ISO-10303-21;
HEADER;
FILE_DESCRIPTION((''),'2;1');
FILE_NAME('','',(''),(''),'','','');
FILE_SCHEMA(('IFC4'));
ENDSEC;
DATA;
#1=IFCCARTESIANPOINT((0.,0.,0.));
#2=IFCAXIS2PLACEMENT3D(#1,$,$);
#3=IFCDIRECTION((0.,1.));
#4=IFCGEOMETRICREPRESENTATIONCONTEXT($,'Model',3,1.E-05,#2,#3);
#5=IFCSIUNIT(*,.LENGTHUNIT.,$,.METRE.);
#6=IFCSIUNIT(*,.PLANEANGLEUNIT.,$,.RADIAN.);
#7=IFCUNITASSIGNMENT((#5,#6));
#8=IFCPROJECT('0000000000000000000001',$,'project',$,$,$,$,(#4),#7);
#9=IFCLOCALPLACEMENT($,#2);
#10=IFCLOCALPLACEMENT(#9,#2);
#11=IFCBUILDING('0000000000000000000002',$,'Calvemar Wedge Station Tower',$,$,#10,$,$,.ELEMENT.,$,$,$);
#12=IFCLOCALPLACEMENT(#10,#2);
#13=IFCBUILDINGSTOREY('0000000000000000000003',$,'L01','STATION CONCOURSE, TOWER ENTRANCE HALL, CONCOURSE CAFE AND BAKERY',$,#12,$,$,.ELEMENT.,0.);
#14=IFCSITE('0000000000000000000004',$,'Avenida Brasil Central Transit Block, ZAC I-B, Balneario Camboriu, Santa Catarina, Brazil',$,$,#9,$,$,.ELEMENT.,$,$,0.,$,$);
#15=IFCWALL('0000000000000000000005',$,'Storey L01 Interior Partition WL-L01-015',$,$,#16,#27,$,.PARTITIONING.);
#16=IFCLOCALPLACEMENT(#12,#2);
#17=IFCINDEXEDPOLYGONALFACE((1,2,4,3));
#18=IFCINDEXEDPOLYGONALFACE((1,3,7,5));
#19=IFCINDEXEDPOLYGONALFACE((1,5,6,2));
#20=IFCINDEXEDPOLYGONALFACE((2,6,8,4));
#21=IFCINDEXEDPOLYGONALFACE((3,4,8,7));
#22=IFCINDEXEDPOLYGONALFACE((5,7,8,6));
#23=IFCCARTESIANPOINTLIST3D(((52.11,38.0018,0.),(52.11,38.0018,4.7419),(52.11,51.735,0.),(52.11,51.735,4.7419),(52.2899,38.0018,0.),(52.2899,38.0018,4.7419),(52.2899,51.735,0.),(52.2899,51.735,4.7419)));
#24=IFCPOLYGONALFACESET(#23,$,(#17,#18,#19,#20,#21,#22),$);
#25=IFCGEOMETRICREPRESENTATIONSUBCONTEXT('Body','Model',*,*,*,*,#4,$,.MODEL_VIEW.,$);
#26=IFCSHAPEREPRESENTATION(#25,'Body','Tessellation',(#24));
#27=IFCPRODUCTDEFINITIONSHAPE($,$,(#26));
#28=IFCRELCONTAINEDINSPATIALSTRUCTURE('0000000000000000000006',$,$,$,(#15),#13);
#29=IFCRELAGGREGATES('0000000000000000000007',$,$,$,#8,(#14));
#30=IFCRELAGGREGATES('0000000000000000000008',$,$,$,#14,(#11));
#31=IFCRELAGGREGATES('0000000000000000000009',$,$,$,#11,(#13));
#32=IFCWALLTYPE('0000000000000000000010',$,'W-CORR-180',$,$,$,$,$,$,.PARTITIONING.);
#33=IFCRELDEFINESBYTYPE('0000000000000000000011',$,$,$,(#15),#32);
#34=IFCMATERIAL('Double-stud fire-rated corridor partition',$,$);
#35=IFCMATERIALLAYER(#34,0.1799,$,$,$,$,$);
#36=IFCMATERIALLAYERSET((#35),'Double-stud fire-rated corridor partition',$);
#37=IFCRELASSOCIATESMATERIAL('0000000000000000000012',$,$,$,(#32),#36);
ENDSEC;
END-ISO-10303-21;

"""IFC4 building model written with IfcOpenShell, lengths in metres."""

from ifc_helpers import new_model, si_unit, direction, frame, frame_2d, origin, place, context, subcontext, project, spatial, rectangle, extrude, material, layer, layer_set, type_object, element, save


model = new_model("IFC4")

# Units and contexts
model_context = context("Model", 3, precision=1e-05, world=origin(), true_north=direction((0.0, 1.0)))
body_context = subcontext(model_context, "Body", "Model", "MODEL_VIEW")
ifc_project = project(units=[si_unit("LENGTHUNIT", "METRE"), si_unit("PLANEANGLEUNIT", "RADIAN")], contexts=[model_context])

# Site, building, storey
site_placement = place(None, origin())
site = spatial("IfcSite", under=ifc_project, at=site_placement, Name="Avenida Brasil Central Transit Block, ZAC I-B, Balneario Camboriu, Santa Catarina, Brazil", CompositionType="ELEMENT", RefElevation=0.0)
building_placement = place(site_placement, origin())
building = spatial("IfcBuilding", under=site, at=building_placement, Name="Calvemar Wedge Station Tower", CompositionType="ELEMENT")
storey_placement = place(building_placement, origin())
storey = spatial("IfcBuildingStorey", under=building, at=storey_placement, Name="L01", Description="STATION CONCOURSE, TOWER ENTRANCE HALL, CONCOURSE CAFE AND BAKERY", CompositionType="ELEMENT", Elevation=0.0)

# Shared definitions
ifc_material_1 = material(Name="Double-stud fire-rated corridor partition")
ifc_layer = layer(ifc_material_1, 0.1799)
ifc_layer_set = layer_set([ifc_layer], Name="Double-stud fire-rated corridor partition")
wall_type = type_object("IfcWallType", Name="W-CORR-180", PredefinedType="PARTITIONING", material=ifc_layer_set)

# Wall
wall_1_placement = place(storey_placement, frame((52.2, 51.7351, 0.0), z_axis=(0.0, 0.0, 1.0), x_axis=(0.0, -1.0, 0.0)))
element("IfcWall", 1, at=wall_1_placement, inside=storey, type_object=wall_type, Name="Storey L01 Interior Partition WL-L01-015", PredefinedType="PARTITIONING", context=body_context, shape_type="SweptSolid", body=[
    extrude(rectangle(XDim=13.7332, YDim=0.1799, at=frame_2d((6.8667, 0.0))), origin(), (0.0, 0.0, 1.0), 4.7419),
])

save(model, "model.ifc")
